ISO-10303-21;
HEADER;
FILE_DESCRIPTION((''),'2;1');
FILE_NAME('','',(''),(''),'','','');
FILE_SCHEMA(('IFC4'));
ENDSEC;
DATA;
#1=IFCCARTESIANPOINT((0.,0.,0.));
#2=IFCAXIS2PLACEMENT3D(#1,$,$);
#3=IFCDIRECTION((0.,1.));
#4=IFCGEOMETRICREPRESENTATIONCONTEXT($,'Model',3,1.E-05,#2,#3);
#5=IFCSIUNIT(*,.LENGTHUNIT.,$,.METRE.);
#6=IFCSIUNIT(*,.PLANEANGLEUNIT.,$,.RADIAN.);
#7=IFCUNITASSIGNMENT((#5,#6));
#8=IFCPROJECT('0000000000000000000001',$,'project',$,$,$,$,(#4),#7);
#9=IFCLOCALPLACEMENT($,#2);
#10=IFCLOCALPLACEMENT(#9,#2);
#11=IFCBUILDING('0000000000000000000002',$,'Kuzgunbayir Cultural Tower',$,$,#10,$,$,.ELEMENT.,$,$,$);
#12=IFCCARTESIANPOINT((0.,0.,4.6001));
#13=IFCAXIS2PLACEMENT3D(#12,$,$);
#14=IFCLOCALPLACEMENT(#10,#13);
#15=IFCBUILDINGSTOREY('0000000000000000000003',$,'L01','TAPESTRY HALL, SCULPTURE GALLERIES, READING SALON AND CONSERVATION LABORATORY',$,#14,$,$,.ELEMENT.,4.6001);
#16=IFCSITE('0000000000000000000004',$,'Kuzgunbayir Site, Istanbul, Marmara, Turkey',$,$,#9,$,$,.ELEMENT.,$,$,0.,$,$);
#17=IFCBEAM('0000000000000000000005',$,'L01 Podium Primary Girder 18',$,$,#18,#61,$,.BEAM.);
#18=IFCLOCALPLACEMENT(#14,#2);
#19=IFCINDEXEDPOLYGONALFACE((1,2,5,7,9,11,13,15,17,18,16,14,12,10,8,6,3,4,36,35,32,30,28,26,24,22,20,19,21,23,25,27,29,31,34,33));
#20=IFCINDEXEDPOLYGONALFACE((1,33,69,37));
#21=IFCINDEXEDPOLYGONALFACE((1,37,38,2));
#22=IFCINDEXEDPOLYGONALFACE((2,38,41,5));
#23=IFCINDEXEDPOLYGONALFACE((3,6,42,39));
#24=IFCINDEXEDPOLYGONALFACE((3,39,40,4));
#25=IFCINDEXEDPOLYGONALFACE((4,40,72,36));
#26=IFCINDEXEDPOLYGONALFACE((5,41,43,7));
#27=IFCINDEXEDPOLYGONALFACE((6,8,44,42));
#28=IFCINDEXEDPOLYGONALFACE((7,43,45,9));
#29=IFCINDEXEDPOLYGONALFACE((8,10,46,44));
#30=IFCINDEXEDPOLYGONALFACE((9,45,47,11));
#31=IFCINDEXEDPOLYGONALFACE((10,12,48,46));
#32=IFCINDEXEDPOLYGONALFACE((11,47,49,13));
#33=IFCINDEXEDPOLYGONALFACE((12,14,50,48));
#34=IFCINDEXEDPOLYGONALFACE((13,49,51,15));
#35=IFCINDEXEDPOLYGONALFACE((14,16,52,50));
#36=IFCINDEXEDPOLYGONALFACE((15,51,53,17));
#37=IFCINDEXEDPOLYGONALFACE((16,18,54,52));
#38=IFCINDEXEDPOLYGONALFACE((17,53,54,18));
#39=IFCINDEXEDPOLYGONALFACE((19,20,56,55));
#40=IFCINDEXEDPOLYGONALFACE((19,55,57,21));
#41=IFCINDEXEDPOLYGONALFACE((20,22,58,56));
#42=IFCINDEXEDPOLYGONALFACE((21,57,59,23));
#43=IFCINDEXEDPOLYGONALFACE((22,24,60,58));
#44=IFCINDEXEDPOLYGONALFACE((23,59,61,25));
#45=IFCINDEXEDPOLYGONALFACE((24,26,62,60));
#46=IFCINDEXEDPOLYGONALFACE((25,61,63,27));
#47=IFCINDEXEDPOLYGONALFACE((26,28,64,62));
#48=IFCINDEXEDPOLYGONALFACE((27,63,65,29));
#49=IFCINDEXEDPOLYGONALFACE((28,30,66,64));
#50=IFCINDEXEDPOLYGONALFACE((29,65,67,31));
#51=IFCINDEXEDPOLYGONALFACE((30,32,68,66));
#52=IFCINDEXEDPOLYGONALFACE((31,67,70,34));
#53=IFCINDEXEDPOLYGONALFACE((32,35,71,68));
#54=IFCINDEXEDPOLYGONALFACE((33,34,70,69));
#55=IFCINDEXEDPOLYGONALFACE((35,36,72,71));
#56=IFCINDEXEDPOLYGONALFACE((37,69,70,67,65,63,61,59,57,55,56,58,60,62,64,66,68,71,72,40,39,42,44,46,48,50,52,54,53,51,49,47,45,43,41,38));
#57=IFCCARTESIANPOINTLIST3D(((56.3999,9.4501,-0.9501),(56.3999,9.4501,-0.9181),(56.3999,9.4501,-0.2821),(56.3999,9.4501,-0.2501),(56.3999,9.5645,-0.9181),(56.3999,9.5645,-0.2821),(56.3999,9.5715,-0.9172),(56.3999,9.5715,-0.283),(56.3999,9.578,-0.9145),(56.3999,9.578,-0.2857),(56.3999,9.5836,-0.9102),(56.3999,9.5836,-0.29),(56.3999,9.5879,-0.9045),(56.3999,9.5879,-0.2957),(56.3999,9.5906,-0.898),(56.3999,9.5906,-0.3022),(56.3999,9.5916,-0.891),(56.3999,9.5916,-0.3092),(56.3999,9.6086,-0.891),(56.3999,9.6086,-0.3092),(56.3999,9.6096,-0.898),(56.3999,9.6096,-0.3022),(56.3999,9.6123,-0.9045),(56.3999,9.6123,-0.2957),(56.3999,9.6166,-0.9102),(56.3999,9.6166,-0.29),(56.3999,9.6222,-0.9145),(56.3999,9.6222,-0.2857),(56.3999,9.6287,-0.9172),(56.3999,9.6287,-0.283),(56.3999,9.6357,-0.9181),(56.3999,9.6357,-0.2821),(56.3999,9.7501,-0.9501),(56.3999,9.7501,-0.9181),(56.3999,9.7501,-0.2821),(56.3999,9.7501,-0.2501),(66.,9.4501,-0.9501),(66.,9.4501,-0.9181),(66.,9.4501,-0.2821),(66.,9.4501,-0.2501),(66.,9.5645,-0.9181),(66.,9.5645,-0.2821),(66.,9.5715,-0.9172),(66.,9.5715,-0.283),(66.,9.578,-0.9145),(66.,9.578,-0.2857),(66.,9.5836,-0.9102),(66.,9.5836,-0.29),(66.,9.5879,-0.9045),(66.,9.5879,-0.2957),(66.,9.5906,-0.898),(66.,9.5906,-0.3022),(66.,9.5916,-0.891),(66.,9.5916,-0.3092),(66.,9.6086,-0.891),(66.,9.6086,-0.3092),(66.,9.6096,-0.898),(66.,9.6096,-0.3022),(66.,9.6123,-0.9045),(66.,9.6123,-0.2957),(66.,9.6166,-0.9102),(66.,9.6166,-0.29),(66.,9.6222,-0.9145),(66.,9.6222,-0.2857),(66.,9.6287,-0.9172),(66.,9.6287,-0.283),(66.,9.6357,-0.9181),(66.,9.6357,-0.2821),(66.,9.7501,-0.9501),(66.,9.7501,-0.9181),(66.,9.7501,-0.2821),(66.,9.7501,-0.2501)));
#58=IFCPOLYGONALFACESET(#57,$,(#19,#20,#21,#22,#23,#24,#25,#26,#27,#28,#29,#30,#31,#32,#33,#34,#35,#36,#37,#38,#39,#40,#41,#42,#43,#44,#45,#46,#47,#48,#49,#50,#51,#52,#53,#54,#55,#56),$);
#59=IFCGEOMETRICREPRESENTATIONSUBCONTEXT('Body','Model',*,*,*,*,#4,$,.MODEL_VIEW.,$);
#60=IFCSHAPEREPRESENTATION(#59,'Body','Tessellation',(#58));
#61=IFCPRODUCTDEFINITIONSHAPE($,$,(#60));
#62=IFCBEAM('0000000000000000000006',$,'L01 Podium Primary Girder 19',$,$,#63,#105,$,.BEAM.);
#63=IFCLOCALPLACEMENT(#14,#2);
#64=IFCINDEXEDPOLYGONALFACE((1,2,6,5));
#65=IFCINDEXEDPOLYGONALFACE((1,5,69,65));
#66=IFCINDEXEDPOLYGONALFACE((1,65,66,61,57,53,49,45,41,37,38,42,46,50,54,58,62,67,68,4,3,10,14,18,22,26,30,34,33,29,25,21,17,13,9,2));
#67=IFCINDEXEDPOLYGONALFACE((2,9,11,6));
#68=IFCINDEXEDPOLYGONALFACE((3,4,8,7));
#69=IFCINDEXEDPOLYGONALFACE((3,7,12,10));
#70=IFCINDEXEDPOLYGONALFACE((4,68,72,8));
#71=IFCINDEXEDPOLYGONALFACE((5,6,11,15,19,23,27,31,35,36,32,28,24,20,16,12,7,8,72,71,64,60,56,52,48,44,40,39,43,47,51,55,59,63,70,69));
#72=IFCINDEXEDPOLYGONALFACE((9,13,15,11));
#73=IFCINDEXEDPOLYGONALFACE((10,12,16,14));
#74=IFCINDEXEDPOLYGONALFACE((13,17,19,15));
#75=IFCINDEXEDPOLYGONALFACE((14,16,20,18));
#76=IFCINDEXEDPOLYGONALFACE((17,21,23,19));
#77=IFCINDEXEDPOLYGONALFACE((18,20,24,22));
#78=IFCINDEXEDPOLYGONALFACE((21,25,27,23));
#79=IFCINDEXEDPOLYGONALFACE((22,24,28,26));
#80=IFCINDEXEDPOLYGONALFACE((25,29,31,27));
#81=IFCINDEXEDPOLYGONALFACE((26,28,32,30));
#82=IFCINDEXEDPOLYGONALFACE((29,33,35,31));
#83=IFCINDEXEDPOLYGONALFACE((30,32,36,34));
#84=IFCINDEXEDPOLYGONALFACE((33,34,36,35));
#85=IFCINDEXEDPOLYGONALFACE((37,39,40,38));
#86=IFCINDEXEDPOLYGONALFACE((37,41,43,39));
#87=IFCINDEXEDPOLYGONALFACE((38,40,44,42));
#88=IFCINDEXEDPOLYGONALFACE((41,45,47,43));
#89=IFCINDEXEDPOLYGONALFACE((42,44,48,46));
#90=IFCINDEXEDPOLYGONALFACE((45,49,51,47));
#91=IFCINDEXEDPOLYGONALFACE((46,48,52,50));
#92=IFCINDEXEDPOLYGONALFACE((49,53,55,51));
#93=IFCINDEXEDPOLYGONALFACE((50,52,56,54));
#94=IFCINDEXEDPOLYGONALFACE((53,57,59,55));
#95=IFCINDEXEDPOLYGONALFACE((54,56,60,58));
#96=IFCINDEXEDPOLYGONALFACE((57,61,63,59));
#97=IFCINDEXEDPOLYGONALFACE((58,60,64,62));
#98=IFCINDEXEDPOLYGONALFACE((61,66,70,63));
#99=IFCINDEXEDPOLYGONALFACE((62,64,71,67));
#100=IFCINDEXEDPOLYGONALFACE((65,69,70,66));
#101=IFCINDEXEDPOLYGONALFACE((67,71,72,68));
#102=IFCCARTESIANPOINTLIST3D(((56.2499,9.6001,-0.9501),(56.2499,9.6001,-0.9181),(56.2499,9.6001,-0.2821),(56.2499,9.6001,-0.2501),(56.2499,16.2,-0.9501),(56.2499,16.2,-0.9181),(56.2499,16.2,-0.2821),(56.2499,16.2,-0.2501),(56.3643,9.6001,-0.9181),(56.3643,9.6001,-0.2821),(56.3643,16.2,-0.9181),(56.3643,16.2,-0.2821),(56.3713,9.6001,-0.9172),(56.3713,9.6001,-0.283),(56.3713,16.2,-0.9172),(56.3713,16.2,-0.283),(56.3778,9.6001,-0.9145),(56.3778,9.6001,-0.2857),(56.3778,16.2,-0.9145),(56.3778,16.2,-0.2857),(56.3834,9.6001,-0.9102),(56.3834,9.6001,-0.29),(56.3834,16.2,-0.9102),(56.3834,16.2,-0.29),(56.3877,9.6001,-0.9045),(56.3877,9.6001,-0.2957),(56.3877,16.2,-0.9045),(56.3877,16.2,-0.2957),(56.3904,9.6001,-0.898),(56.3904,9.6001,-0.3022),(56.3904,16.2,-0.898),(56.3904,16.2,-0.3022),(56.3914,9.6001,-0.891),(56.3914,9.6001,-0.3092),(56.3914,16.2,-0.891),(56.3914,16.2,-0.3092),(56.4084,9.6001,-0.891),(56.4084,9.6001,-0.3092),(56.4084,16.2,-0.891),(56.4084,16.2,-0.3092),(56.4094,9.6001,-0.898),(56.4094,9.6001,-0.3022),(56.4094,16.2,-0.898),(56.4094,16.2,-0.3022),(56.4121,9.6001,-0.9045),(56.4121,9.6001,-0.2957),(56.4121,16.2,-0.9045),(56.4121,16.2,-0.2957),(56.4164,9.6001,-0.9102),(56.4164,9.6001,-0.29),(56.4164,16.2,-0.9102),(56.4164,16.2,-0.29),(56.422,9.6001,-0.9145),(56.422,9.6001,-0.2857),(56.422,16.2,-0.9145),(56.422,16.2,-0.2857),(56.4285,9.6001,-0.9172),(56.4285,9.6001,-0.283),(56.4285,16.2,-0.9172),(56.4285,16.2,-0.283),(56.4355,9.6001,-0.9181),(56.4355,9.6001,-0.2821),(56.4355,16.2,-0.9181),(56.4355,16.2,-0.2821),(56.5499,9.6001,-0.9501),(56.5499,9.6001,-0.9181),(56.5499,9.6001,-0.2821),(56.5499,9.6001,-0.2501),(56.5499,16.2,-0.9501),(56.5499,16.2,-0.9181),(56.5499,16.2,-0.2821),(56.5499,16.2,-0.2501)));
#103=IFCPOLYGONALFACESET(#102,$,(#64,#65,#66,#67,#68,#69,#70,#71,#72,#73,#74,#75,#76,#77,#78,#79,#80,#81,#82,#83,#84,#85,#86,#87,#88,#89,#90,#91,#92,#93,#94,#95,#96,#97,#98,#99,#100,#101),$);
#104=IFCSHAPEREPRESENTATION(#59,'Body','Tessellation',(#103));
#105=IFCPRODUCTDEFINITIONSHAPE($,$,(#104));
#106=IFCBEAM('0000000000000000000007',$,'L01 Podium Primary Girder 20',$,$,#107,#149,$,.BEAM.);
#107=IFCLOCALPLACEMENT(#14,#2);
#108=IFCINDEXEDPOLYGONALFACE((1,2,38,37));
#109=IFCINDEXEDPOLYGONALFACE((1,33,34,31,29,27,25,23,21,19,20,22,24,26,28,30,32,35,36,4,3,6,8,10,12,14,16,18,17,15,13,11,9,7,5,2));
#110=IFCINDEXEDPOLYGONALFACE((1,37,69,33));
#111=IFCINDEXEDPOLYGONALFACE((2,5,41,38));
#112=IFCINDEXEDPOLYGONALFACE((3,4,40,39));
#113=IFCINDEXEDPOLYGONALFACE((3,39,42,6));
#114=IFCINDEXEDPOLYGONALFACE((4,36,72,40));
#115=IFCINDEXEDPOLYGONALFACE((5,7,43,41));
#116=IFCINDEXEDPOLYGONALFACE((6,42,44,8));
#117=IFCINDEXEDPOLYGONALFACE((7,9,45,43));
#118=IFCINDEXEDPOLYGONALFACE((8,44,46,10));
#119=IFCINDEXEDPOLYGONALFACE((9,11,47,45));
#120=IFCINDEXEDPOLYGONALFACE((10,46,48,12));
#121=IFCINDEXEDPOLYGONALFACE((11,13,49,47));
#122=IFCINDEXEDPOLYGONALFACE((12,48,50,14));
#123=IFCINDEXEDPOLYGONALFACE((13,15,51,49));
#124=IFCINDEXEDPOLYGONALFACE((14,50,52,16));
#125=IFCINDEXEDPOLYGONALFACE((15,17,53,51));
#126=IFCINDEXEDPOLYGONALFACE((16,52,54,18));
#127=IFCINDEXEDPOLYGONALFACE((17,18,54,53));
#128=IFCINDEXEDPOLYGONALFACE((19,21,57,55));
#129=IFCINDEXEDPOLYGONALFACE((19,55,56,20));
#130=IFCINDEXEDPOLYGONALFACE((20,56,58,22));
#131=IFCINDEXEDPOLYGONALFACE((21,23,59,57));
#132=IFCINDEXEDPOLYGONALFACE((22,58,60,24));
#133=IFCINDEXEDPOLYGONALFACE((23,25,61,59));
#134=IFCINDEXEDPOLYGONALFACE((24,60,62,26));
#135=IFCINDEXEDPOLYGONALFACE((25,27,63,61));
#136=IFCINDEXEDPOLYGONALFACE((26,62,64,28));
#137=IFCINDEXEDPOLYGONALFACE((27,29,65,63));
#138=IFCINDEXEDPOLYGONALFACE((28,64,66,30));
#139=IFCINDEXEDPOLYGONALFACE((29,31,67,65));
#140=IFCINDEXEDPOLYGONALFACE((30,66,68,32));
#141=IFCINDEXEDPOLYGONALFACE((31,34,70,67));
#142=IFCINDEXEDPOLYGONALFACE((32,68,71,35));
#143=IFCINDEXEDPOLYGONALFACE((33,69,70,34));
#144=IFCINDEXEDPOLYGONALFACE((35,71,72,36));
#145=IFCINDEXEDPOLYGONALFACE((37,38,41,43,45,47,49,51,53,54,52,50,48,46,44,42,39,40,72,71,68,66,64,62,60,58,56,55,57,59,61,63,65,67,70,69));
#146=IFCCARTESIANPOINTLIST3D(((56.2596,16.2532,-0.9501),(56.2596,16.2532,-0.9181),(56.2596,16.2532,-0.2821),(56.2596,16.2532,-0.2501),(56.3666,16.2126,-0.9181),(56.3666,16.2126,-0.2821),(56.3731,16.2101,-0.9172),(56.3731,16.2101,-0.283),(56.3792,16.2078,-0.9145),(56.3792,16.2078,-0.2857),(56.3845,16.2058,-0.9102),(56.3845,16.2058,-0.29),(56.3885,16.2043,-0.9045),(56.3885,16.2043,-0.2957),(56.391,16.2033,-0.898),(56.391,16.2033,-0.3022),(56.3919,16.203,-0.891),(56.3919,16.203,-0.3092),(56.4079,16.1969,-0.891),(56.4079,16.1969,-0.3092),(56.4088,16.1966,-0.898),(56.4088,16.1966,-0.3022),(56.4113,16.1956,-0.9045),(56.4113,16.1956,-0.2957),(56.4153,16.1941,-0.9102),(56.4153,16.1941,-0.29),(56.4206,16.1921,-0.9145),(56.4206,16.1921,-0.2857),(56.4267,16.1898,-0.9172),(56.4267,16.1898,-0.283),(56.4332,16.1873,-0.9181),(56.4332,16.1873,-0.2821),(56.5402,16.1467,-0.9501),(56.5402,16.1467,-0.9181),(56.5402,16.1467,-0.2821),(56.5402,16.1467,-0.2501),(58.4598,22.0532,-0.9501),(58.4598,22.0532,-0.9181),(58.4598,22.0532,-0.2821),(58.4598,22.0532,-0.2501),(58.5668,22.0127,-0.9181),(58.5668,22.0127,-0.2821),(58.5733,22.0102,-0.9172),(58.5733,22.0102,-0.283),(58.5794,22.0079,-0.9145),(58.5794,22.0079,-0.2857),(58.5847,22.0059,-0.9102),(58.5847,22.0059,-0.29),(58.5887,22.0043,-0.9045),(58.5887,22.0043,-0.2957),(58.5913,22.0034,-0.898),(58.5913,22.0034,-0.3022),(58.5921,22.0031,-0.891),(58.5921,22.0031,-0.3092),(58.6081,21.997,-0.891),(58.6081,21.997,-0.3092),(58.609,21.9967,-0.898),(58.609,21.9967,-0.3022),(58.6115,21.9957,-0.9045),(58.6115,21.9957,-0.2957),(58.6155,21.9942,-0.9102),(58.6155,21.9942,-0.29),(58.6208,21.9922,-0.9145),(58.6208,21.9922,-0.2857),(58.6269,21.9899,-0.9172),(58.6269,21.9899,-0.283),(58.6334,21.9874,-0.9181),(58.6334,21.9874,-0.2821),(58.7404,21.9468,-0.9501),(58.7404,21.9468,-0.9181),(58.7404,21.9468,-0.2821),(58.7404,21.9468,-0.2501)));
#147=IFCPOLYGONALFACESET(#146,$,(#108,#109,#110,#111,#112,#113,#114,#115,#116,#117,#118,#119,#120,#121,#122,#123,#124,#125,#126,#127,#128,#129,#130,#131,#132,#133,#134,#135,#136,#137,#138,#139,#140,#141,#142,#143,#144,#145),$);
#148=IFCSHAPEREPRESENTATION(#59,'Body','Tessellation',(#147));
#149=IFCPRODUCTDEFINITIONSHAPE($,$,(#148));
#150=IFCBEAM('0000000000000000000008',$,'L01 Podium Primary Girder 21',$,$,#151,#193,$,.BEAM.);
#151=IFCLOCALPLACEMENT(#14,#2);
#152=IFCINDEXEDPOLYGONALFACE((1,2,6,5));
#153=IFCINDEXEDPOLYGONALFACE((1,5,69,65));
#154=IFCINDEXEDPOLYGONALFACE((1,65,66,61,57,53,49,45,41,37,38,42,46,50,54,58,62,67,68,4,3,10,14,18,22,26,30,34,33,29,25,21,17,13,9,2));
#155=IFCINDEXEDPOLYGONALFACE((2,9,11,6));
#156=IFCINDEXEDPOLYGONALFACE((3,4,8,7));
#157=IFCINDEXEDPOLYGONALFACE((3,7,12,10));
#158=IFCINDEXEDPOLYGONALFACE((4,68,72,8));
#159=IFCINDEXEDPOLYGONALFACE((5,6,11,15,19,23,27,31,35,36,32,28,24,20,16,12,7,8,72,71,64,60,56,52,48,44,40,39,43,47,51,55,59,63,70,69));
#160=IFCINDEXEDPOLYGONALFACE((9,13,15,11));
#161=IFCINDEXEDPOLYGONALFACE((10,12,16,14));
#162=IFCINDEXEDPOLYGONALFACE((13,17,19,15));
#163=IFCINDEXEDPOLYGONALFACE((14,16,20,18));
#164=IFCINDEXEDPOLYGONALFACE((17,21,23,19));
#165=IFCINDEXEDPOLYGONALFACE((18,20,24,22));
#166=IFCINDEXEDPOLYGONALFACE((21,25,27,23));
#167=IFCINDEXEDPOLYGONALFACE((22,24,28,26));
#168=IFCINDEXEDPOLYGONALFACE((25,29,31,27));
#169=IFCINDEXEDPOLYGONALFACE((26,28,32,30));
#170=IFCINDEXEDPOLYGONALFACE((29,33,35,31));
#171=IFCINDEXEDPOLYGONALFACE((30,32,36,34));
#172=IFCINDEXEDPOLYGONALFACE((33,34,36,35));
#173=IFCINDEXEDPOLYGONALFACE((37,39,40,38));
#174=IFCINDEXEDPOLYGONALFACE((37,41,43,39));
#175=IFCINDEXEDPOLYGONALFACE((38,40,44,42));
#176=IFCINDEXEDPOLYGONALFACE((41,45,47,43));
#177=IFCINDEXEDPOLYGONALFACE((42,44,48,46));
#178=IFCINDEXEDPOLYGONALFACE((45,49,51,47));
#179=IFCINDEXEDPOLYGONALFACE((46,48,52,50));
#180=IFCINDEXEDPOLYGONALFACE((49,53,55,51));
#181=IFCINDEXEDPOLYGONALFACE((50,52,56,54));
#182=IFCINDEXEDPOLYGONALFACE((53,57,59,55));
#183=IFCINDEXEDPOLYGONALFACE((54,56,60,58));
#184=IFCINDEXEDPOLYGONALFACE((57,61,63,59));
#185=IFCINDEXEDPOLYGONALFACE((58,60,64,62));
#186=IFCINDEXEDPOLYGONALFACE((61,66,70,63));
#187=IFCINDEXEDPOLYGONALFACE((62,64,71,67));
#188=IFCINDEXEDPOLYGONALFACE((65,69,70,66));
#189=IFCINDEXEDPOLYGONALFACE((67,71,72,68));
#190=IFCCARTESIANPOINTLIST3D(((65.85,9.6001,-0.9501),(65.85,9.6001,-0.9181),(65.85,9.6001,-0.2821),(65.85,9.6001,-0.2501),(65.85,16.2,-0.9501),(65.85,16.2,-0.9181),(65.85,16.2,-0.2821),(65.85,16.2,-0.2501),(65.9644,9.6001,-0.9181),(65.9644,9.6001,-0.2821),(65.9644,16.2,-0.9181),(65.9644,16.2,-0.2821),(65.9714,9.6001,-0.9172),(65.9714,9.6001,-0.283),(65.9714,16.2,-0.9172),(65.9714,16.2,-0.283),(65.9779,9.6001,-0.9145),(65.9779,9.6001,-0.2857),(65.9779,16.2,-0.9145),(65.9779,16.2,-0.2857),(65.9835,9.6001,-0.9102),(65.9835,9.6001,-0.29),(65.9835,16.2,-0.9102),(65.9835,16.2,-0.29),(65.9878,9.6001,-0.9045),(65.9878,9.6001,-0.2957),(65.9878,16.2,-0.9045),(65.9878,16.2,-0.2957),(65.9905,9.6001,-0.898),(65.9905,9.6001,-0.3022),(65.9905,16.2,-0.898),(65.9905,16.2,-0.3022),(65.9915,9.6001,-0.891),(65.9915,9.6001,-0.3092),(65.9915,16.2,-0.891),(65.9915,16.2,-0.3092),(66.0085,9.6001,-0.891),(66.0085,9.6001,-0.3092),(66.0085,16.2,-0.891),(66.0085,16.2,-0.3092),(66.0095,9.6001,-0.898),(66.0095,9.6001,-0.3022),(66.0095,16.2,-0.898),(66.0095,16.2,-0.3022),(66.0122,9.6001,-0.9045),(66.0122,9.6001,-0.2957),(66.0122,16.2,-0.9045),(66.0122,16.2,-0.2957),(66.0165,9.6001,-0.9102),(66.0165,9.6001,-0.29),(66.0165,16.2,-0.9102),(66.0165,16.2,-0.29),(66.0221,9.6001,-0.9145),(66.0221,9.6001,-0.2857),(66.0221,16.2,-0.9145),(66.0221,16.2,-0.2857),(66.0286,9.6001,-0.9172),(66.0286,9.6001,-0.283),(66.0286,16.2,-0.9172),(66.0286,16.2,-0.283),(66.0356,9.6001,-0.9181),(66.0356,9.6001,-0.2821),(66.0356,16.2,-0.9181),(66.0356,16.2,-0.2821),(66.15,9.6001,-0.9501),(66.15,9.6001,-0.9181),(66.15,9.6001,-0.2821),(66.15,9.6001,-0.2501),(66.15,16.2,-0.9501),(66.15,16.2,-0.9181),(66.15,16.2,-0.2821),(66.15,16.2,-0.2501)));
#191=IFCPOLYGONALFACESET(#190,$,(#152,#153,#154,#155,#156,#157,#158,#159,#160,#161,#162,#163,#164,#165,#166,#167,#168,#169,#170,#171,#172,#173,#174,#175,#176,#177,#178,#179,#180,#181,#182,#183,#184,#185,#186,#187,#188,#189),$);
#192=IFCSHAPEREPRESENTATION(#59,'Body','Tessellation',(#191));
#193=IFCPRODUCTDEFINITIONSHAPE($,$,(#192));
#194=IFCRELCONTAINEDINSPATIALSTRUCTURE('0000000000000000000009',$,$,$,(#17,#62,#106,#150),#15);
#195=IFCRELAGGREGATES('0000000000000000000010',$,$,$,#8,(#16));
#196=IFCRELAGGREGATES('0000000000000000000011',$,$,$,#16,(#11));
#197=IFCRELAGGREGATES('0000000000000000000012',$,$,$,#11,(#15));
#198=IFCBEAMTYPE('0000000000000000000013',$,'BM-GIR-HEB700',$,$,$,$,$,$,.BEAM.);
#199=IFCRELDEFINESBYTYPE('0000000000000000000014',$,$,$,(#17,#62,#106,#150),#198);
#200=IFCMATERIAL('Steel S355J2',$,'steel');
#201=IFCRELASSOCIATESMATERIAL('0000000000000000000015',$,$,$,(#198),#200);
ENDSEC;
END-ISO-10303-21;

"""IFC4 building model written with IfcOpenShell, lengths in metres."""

from ifc_helpers import new_model, si_unit, direction, frame, origin, origin_2d, place, context, subcontext, project, spatial, i_section, extrude, material, material_profile, profile_set, type_object, element, save


model = new_model("IFC4")

# Units and contexts
model_context = context("Model", 3, precision=1e-05, world=origin(), true_north=direction((0.0, 1.0)))
body_context = subcontext(model_context, "Body", "Model", "MODEL_VIEW")
ifc_project = project(units=[si_unit("LENGTHUNIT", "METRE"), si_unit("PLANEANGLEUNIT", "RADIAN")], contexts=[model_context])

# Site, building, storey
site_placement = place(None, origin())
site = spatial("IfcSite", under=ifc_project, at=site_placement, Name="Kuzgunbayir Site, Istanbul, Marmara, Turkey", CompositionType="ELEMENT", RefElevation=0.0)
building_placement = place(site_placement, origin())
building = spatial("IfcBuilding", under=site, at=building_placement, Name="Kuzgunbayir Cultural Tower", CompositionType="ELEMENT")
storey_placement = place(building_placement, frame((0.0, 0.0, 4.6001)))
storey = spatial("IfcBuildingStorey", under=building, at=storey_placement, Name="L01", Description="TAPESTRY HALL, SCULPTURE GALLERIES, READING SALON AND CONSERVATION LABORATORY", CompositionType="ELEMENT", Elevation=4.6001)

# Beams
ifc_material_1 = material(Name="Steel S355J2", Category="steel")
ifc_material_profile_1 = material_profile(ifc_material_1, i_section(OverallWidth=0.3, OverallDepth=0.7, WebThickness=0.0171, FlangeThickness=0.032, FilletRadius=0.0271, at=origin_2d()), Name="HEB 700")
ifc_profile_set_1 = profile_set([ifc_material_profile_1], Name="Steel S355J2")
beam_type = type_object("IfcBeamType", Name="BM-GIR-HEB700", PredefinedType="BEAM", material=ifc_profile_set_1)
beam_1_placement = place(storey_placement, frame((56.3999, 9.6001, -0.6001), z_axis=(1.0, 0.0, 0.0), x_axis=(0.0, 1.0, 0.0)))
element("IfcBeam", 1, at=beam_1_placement, inside=storey, type_object=beam_type, Name="L01 Podium Primary Girder 18", PredefinedType="BEAM", context=body_context, shape_type="SweptSolid", body=[
    extrude(i_section(OverallWidth=0.3, OverallDepth=0.7, WebThickness=0.0171, FlangeThickness=0.032, FilletRadius=0.0271, at=origin_2d()), origin(), (0.0, 0.0, 1.0), 9.6001),
])
beam_2_placement = place(storey_placement, frame((56.3999, 9.6001, -0.6001), z_axis=(0.0, 1.0, 0.0), x_axis=(-1.0, 0.0, 0.0)))
element("IfcBeam", 2, at=beam_2_placement, inside=storey, type_object=beam_type, Name="L01 Podium Primary Girder 19", PredefinedType="BEAM", context=body_context, shape_type="SweptSolid", body=[
    extrude(i_section(OverallWidth=0.3, OverallDepth=0.7, WebThickness=0.0171, FlangeThickness=0.032, FilletRadius=0.0271, at=origin_2d()), origin(), (0.0, 0.0, 1.0), 6.5999),
])
beam_3_placement = place(storey_placement, frame((56.3999, 16.2, -0.6001), z_axis=(0.354679, 0.934988, 0.0), x_axis=(-0.934988, 0.354679, 0.0)))
element("IfcBeam", 3, at=beam_3_placement, inside=storey, type_object=beam_type, Name="L01 Podium Primary Girder 20", PredefinedType="BEAM", context=body_context, shape_type="SweptSolid", body=[
    extrude(i_section(OverallWidth=0.3, OverallDepth=0.7, WebThickness=0.0171, FlangeThickness=0.032, FilletRadius=0.0271, at=origin_2d()), origin(), (0.0, 0.0, 1.0), 6.2034),
])
beam_4_placement = place(storey_placement, frame((66.0, 9.6001, -0.6001), z_axis=(0.0, 1.0, 0.0), x_axis=(-1.0, 0.0, 0.0)))
element("IfcBeam", 4, at=beam_4_placement, inside=storey, type_object=beam_type, Name="L01 Podium Primary Girder 21", PredefinedType="BEAM", context=body_context, shape_type="SweptSolid", body=[
    extrude(i_section(OverallWidth=0.3, OverallDepth=0.7, WebThickness=0.0171, FlangeThickness=0.032, FilletRadius=0.0271, at=origin_2d()), origin(), (0.0, 0.0, 1.0), 6.5999),
])

save(model, "model.ifc")
